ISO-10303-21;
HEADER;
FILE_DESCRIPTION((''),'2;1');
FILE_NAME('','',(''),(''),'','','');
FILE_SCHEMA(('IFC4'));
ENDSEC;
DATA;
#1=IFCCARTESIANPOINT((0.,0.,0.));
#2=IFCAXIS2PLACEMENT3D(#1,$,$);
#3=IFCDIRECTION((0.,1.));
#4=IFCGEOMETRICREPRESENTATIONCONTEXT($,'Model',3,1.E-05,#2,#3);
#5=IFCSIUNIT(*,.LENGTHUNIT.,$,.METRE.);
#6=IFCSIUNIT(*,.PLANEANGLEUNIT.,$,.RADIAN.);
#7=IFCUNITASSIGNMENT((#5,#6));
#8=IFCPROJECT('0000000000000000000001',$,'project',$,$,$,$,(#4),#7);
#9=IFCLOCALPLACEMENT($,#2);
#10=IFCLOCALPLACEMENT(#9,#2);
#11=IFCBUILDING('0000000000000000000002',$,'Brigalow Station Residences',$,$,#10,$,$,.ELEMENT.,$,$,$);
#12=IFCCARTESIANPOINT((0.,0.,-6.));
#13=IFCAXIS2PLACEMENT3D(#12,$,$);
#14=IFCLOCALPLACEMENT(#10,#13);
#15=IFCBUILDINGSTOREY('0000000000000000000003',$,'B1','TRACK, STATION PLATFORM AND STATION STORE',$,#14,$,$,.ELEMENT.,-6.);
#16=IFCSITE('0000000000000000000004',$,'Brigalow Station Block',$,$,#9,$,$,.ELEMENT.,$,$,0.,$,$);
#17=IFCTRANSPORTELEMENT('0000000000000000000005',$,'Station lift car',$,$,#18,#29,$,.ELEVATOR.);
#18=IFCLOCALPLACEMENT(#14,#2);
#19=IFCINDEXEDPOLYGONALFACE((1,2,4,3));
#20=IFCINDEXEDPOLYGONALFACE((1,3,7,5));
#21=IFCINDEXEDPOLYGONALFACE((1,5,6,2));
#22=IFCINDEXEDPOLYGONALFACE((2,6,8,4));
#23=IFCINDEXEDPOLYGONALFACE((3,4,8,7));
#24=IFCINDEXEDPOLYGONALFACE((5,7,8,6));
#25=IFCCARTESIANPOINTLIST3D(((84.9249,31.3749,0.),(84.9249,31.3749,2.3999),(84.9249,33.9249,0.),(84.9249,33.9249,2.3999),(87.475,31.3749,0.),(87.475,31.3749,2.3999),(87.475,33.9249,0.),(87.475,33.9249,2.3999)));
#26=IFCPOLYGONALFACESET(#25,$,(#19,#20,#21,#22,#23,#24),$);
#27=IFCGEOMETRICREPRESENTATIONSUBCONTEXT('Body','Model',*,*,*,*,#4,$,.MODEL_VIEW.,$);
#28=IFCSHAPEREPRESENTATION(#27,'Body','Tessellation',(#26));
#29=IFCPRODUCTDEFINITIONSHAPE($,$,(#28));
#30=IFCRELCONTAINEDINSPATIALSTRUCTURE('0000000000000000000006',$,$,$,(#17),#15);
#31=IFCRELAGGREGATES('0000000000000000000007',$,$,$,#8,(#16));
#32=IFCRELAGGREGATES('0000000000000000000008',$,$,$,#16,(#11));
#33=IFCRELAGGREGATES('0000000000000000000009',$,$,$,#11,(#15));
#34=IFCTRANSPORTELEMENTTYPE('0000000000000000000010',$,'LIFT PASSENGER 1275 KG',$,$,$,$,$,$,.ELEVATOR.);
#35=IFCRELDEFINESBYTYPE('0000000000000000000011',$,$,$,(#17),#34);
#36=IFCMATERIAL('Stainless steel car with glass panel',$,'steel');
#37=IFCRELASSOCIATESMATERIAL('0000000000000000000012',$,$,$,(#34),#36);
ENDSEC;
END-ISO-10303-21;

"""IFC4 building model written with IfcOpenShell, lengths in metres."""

from ifc_helpers import new_model, si_unit, direction, frame, origin, origin_2d, place, context, subcontext, project, spatial, rectangle, extrude, material, type_object, element, save


model = new_model("IFC4")

# Units and contexts
model_context = context("Model", 3, precision=1e-05, world=origin(), true_north=direction((0.0, 1.0)))
body_context = subcontext(model_context, "Body", "Model", "MODEL_VIEW")
ifc_project = project(units=[si_unit("LENGTHUNIT", "METRE"), si_unit("PLANEANGLEUNIT", "RADIAN")], contexts=[model_context])

# Site, building, storey
site_placement = place(None, origin())
site = spatial("IfcSite", under=ifc_project, at=site_placement, Name="Brigalow Station Block", CompositionType="ELEMENT", RefElevation=0.0)
building_placement = place(site_placement, origin())
building = spatial("IfcBuilding", under=site, at=building_placement, Name="Brigalow Station Residences", CompositionType="ELEMENT")
storey_placement = place(building_placement, frame((0.0, 0.0, -6.0)))
storey = spatial("IfcBuildingStorey", under=building, at=storey_placement, Name="B1", Description="TRACK, STATION PLATFORM AND STATION STORE", CompositionType="ELEMENT", Elevation=-6.0)

# Transport element
ifc_material_1 = material(Name="Stainless steel car with glass panel", Category="steel")
transport_element_type = type_object("IfcTransportElementType", Name="LIFT PASSENGER 1275 KG", PredefinedType="ELEVATOR", material=ifc_material_1)
transport_element_placement = place(storey_placement, frame((86.2, 32.6499, 0.0), z_axis=(0.0, 0.0, 1.0), x_axis=(1.0, 0.0, 0.0)))
element("IfcTransportElement", 1, at=transport_element_placement, inside=storey, type_object=transport_element_type, Name="Station lift car", PredefinedType="ELEVATOR", context=body_context, shape_type="SweptSolid", body=[
    extrude(rectangle(XDim=2.55, YDim=2.55, at=origin_2d()), origin(), (0.0, 0.0, 1.0), 2.3999),
])

save(model, "model.ifc")
